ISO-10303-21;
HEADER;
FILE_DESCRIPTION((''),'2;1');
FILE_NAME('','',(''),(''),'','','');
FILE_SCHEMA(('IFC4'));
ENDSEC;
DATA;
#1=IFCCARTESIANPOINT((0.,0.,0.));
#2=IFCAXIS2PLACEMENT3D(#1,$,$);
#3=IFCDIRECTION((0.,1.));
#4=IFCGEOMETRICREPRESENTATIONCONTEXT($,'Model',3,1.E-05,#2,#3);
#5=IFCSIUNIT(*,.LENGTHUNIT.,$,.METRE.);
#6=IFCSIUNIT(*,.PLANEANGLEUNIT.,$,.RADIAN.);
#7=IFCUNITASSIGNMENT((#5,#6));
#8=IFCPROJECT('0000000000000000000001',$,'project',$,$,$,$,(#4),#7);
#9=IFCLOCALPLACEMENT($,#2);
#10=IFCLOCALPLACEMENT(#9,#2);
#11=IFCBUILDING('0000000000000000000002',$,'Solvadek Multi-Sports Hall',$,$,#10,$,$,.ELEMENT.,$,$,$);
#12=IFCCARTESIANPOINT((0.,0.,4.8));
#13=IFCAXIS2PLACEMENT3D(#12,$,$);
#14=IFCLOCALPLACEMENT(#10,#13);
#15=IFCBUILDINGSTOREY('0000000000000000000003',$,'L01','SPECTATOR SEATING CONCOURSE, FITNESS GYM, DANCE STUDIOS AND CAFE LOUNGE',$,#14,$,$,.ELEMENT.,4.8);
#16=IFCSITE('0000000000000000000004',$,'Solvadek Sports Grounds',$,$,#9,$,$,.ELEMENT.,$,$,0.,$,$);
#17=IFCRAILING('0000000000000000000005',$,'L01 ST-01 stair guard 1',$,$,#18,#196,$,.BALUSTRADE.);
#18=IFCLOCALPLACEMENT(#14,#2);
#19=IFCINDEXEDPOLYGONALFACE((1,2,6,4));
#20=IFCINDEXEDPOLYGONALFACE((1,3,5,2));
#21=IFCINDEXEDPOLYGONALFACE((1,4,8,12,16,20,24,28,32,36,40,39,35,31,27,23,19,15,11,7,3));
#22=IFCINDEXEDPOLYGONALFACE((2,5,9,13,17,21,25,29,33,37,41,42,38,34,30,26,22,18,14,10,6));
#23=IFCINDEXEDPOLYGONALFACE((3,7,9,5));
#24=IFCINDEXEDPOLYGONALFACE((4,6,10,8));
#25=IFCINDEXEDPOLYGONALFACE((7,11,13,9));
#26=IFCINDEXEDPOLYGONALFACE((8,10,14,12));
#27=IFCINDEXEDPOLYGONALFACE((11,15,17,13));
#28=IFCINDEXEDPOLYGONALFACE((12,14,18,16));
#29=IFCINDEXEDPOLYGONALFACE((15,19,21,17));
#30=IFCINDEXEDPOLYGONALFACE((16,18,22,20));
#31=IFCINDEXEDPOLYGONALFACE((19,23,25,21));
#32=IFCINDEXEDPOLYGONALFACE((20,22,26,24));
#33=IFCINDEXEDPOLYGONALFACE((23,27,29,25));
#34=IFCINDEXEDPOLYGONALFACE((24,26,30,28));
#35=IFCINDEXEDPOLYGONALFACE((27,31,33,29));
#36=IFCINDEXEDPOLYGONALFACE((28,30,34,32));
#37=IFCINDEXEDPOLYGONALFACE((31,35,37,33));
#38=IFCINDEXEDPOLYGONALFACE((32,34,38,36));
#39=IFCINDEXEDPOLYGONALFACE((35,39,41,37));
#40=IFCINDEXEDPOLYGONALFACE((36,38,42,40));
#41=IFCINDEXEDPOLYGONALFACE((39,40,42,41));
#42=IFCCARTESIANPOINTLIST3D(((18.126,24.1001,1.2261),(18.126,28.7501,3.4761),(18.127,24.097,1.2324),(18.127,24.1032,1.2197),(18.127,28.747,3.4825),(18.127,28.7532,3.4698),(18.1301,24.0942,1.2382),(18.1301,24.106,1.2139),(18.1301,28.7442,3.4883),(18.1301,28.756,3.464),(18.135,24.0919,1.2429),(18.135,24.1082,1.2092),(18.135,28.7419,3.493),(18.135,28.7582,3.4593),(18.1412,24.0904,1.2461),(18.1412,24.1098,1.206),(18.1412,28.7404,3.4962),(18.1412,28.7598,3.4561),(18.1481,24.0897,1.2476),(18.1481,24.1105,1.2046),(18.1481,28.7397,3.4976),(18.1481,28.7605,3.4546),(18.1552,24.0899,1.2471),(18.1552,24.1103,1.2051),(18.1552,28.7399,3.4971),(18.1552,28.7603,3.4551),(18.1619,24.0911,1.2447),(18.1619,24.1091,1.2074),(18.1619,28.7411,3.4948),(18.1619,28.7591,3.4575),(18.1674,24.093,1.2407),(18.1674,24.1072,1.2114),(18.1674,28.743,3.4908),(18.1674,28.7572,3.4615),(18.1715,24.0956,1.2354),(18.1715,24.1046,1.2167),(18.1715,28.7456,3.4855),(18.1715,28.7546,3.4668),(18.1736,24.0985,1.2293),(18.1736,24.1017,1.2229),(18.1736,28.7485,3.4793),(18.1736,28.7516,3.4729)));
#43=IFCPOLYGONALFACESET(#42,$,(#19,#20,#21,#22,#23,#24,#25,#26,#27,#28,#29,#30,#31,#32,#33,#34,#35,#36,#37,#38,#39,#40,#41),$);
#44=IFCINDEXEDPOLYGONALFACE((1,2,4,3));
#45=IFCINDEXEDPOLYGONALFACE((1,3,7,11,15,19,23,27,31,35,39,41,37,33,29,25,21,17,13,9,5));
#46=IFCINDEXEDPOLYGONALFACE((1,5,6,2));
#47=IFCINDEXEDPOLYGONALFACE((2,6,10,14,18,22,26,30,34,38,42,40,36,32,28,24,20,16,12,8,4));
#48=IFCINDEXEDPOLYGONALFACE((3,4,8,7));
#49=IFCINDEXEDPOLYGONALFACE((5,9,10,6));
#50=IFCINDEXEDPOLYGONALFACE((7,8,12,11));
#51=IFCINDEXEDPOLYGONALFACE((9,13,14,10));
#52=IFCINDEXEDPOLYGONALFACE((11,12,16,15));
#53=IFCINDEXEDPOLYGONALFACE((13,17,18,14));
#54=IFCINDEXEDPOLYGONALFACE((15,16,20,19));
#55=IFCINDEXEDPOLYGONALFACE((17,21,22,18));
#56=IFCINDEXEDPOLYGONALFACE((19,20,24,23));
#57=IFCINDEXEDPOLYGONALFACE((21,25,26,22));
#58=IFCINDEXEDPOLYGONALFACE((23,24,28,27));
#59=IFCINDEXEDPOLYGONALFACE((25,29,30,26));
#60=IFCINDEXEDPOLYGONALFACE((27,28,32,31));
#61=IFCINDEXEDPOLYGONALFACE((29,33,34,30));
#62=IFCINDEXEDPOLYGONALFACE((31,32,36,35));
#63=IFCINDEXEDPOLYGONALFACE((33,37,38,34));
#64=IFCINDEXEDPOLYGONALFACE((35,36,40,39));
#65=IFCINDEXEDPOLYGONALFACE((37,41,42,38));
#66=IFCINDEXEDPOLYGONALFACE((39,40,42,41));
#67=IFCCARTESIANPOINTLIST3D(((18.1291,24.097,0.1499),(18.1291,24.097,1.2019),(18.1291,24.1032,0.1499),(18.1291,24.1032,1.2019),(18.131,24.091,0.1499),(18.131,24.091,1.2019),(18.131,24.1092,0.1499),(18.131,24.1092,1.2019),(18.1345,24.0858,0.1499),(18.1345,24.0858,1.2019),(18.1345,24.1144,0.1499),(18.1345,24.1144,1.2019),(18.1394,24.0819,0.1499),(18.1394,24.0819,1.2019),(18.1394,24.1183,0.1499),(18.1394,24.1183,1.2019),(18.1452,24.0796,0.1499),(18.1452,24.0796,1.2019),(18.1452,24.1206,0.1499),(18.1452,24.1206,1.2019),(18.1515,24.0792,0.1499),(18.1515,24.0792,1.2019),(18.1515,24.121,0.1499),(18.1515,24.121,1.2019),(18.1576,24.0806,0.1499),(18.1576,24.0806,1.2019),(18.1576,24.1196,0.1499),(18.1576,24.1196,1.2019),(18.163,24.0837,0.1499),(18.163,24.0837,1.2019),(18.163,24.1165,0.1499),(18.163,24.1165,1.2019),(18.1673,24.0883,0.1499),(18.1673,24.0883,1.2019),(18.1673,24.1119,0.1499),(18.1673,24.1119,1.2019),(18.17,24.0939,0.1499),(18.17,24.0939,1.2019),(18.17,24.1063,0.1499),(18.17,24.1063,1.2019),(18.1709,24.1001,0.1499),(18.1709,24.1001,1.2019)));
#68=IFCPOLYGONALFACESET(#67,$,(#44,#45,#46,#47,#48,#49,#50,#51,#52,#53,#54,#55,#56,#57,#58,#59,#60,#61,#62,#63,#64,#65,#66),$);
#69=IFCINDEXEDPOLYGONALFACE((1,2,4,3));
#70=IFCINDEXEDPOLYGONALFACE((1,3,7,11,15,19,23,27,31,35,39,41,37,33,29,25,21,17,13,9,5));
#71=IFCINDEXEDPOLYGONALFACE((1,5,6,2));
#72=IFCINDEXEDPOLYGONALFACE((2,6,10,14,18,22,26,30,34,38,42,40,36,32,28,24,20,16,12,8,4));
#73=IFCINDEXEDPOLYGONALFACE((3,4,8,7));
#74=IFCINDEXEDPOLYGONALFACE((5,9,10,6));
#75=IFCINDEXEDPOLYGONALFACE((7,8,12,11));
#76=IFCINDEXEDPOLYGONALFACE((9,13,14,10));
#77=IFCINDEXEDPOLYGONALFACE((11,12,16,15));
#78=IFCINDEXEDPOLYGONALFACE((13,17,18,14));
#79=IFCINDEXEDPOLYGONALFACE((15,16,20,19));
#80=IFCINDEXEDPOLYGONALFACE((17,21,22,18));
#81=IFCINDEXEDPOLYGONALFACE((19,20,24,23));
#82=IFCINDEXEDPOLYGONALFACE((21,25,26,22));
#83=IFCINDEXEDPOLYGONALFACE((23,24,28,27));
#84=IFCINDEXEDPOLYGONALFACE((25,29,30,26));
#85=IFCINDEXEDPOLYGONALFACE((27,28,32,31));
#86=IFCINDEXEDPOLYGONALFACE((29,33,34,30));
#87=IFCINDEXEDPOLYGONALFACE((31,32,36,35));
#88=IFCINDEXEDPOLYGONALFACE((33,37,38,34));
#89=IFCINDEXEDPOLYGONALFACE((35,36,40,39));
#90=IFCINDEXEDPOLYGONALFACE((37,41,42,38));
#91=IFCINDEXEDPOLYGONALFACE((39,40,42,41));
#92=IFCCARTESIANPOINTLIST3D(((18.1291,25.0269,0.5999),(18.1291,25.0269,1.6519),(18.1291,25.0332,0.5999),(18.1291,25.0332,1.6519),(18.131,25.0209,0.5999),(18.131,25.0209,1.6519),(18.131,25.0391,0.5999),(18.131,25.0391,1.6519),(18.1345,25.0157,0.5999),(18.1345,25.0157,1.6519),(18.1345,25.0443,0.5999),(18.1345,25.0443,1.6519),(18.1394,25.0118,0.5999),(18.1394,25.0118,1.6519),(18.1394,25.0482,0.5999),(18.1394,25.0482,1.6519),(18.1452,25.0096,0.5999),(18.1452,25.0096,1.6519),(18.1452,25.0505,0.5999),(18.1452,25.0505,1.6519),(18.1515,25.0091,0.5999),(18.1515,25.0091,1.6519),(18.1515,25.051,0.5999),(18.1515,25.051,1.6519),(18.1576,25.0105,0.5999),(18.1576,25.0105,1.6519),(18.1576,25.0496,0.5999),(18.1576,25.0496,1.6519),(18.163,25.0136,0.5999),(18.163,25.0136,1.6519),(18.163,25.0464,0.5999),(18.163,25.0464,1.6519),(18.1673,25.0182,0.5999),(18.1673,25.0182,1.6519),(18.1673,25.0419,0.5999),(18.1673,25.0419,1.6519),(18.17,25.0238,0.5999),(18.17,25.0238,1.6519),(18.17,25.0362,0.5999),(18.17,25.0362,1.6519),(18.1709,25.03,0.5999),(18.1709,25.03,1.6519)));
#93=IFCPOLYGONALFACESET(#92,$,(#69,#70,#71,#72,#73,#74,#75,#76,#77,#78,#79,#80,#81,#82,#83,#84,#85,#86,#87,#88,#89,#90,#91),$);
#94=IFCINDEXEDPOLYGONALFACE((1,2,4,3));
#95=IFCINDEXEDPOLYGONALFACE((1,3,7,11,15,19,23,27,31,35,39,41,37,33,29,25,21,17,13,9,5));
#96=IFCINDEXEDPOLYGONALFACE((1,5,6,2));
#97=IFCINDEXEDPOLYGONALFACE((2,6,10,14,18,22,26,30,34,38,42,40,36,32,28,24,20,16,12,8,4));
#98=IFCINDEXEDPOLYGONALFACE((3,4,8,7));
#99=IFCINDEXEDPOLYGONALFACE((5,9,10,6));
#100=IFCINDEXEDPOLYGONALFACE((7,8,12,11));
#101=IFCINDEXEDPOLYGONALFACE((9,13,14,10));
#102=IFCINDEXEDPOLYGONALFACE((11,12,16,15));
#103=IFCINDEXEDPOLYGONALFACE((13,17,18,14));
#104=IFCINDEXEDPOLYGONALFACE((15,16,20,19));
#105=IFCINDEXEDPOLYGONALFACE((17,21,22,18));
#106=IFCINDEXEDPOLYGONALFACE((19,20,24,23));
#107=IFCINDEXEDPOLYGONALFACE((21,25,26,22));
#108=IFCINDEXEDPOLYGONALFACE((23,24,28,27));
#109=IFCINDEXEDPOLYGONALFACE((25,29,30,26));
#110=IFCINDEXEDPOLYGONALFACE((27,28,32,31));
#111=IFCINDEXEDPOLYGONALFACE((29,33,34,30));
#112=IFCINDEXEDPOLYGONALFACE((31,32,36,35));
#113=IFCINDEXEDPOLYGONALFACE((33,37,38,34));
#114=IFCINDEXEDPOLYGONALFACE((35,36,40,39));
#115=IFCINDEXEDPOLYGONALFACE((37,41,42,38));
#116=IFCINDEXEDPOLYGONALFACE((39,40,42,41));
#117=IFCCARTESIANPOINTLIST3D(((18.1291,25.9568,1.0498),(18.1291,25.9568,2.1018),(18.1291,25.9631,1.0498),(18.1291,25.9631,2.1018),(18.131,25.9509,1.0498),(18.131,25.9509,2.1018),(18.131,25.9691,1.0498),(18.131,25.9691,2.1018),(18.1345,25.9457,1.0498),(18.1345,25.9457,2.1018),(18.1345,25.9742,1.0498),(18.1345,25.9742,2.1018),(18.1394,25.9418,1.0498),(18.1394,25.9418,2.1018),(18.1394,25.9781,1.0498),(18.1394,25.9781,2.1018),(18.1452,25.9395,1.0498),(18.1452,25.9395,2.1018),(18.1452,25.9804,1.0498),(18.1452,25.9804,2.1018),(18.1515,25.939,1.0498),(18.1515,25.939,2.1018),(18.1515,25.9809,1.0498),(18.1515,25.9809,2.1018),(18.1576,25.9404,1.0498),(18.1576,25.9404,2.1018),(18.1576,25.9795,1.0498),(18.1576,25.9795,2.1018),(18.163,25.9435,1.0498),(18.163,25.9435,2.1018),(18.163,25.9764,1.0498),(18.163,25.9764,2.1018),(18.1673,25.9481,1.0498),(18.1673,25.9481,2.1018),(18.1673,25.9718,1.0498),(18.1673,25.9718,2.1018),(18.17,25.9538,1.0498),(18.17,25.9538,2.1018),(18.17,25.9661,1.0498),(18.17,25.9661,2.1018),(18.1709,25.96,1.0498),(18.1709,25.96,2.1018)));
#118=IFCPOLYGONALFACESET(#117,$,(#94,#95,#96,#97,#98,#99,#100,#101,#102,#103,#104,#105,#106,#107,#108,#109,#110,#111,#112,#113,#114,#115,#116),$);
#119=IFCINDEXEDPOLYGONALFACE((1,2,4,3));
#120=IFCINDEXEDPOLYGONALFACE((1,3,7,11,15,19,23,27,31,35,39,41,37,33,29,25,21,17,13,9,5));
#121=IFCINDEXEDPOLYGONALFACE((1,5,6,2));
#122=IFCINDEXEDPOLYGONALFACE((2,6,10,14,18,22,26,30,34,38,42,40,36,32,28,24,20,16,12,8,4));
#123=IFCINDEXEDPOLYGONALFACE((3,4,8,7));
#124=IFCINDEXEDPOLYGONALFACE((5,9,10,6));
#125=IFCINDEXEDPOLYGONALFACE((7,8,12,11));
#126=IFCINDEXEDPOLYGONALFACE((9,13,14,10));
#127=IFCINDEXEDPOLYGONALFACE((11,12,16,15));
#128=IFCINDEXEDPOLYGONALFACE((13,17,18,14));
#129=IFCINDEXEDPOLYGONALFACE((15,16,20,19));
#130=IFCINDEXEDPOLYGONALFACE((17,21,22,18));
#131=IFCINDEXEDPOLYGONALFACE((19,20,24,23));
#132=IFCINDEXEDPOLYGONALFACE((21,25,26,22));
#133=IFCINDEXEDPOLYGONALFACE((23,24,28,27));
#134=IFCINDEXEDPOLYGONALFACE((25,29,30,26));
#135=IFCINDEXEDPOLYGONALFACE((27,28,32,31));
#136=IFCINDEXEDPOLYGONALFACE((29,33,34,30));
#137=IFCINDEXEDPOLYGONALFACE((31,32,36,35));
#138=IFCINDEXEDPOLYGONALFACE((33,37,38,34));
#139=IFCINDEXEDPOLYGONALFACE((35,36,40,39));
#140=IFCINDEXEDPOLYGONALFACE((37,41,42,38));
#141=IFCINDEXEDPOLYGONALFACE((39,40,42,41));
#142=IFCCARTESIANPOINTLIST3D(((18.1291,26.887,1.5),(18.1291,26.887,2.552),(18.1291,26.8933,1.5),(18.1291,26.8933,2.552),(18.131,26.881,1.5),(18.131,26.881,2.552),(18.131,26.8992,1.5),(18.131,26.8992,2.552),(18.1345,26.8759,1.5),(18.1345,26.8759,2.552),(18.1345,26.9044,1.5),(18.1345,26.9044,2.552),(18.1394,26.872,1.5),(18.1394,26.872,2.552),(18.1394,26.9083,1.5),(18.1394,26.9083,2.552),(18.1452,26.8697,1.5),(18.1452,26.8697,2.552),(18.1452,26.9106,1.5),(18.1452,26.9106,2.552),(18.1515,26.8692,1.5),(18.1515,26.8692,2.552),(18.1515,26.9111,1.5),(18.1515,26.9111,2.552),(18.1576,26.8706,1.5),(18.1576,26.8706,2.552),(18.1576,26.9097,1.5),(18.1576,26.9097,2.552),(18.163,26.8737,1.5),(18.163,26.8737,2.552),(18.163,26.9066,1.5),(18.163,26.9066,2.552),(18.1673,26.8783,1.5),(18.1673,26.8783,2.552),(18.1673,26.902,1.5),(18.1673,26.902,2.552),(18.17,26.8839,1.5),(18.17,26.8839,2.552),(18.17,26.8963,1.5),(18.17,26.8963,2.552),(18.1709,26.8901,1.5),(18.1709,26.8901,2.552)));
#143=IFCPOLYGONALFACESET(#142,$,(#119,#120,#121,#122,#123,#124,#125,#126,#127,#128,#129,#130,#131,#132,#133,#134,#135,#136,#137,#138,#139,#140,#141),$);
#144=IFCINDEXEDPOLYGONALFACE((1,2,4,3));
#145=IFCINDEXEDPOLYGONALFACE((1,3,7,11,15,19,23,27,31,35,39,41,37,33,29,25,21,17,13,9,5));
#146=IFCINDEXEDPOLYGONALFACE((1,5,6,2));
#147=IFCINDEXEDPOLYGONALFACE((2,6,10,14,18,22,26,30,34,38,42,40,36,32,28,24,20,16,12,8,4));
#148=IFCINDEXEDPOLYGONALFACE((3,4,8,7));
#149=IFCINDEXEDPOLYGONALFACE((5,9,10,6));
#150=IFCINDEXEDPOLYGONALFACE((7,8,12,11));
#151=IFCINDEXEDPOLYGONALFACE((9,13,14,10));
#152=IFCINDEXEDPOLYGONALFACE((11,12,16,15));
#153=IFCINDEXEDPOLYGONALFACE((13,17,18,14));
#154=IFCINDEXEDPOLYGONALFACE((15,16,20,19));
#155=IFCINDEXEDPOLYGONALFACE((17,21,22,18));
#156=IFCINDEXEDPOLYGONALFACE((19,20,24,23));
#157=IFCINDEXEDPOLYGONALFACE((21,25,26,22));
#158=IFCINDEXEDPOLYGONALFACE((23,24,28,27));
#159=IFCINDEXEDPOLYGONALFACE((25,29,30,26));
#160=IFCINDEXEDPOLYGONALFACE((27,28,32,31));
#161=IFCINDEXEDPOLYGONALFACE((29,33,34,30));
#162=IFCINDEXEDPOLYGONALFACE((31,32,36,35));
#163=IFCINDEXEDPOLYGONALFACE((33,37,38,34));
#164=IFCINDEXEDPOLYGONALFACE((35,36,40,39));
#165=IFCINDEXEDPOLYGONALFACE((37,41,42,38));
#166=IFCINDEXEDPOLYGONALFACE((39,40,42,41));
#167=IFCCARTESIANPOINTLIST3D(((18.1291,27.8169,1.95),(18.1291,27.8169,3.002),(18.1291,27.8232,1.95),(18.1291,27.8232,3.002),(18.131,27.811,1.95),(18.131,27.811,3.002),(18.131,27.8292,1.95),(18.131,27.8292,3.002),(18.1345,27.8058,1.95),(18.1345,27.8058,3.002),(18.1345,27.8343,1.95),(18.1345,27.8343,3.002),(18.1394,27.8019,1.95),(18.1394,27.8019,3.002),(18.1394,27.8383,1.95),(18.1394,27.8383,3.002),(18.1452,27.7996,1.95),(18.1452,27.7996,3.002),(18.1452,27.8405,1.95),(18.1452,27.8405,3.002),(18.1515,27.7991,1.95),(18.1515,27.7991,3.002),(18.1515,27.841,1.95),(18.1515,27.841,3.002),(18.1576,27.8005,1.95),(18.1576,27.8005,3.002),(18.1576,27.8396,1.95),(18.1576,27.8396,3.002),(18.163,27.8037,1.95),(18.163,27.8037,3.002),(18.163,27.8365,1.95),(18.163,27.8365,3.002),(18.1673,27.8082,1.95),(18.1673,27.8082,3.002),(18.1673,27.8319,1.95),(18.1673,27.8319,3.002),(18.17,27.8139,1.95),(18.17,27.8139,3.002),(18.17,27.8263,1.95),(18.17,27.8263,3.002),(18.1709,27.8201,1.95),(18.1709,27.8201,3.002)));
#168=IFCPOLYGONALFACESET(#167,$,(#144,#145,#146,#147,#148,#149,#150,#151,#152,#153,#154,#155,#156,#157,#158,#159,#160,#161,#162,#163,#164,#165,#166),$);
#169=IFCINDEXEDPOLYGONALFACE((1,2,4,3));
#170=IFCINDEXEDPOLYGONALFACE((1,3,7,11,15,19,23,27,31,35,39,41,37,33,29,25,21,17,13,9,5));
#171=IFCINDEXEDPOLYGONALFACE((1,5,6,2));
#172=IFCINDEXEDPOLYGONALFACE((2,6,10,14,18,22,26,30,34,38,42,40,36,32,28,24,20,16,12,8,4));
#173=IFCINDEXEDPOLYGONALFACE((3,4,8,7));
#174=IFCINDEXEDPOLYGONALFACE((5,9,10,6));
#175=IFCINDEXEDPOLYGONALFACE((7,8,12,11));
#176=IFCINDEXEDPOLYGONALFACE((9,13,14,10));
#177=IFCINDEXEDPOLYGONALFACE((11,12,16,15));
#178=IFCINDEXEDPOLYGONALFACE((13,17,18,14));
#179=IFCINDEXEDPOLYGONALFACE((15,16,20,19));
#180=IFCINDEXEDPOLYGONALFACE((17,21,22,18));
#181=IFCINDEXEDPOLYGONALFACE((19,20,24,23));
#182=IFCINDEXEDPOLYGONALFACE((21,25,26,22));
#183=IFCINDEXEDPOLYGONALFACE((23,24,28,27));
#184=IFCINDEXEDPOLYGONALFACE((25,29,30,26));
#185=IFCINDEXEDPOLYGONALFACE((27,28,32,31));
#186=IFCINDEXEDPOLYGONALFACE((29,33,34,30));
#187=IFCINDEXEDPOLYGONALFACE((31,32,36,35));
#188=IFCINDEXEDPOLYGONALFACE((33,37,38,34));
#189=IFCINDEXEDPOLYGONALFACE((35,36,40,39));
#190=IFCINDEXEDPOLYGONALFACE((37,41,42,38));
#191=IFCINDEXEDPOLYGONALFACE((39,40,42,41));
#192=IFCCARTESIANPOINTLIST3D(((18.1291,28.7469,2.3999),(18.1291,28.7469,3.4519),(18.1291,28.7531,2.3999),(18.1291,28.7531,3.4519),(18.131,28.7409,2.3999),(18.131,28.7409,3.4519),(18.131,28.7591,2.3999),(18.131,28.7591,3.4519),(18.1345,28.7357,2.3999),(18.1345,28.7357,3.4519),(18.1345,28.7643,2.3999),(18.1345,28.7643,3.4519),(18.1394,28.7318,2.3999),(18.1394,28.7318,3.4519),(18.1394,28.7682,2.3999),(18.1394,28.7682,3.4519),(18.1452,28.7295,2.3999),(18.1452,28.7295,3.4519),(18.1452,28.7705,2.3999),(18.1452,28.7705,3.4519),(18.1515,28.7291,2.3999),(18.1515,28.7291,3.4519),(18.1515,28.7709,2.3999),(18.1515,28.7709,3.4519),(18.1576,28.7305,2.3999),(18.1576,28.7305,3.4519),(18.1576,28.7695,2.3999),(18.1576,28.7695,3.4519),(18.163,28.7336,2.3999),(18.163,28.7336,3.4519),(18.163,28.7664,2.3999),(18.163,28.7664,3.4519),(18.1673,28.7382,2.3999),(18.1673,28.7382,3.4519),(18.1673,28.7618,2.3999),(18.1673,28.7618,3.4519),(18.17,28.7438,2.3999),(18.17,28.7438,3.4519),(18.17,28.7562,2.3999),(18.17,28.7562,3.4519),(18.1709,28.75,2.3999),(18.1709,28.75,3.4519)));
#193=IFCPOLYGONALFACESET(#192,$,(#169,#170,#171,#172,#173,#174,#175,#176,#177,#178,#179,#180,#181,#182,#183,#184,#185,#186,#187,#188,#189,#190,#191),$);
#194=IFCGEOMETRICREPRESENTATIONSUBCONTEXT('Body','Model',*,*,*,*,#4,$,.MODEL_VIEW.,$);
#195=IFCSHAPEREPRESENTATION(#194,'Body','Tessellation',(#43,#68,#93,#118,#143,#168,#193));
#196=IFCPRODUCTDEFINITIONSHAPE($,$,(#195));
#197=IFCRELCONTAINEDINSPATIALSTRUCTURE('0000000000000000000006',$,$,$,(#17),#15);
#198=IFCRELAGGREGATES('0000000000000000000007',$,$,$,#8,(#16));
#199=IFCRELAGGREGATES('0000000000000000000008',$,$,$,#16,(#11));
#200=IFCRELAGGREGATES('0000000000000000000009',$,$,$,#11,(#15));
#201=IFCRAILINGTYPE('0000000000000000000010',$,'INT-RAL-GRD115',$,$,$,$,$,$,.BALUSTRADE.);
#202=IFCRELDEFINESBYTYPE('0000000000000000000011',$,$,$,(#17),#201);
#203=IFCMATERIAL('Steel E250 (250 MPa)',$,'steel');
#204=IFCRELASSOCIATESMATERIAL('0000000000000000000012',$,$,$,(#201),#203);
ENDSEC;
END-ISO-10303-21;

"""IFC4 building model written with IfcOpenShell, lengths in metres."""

from ifc_helpers import new_model, si_unit, direction, frame, origin, origin_2d, place, context, subcontext, project, spatial, circle, extrude, material, type_object, element, save


model = new_model("IFC4")

# Units and contexts
model_context = context("Model", 3, precision=1e-05, world=origin(), true_north=direction((0.0, 1.0)))
body_context = subcontext(model_context, "Body", "Model", "MODEL_VIEW")
ifc_project = project(units=[si_unit("LENGTHUNIT", "METRE"), si_unit("PLANEANGLEUNIT", "RADIAN")], contexts=[model_context])

# Site, building, storey
site_placement = place(None, origin())
site = spatial("IfcSite", under=ifc_project, at=site_placement, Name="Solvadek Sports Grounds", CompositionType="ELEMENT", RefElevation=0.0)
building_placement = place(site_placement, origin())
building = spatial("IfcBuilding", under=site, at=building_placement, Name="Solvadek Multi-Sports Hall", CompositionType="ELEMENT")
storey_placement = place(building_placement, frame((0.0, 0.0, 4.8)))
storey = spatial("IfcBuildingStorey", under=building, at=storey_placement, Name="L01", Description="SPECTATOR SEATING CONCOURSE, FITNESS GYM, DANCE STUDIOS AND CAFE LOUNGE", CompositionType="ELEMENT", Elevation=4.8)

# Shared definitions
ifc_material_1 = material(Name="Steel E250 (250 MPa)", Category="steel")

# Railing
railing_type_1 = type_object("IfcRailingType", Name="INT-RAL-GRD115", PredefinedType="BALUSTRADE", material=ifc_material_1)
railing_1_placement = place(storey_placement, frame((18.1499, 24.1001, 0.1499)))
element("IfcRailing", 1, at=railing_1_placement, inside=storey, type_object=railing_type_1, Name="L01 ST-01 stair guard 1", PredefinedType="BALUSTRADE", context=body_context, shape_type="SweptSolid", body=[
    extrude(circle(Radius=0.0239, at=origin_2d()), frame((0.0, 0.0, 1.0762), z_axis=(0.0, 0.900156, 0.435568), x_axis=(-1.0, 0.0, 0.0)), (0.0, 0.0, 1.0), 5.1658),
    extrude(circle(Radius=0.021, at=origin_2d()), origin(), (0.0, 0.0, 1.0), 1.052),
    extrude(circle(Radius=0.021, at=origin_2d()), frame((0.0, 0.9299, 0.45)), (0.0, 0.0, 1.0), 1.052),
    extrude(circle(Radius=0.021, at=origin_2d()), frame((0.0, 1.8599, 0.8999)), (0.0, 0.0, 1.0), 1.052),
    extrude(circle(Radius=0.021, at=origin_2d()), frame((0.0, 2.79, 1.3501)), (0.0, 0.0, 1.0), 1.052),
    extrude(circle(Radius=0.021, at=origin_2d()), frame((0.0, 3.72, 1.8)), (0.0, 0.0, 1.0), 1.052),
    extrude(circle(Radius=0.021, at=origin_2d()), frame((0.0, 4.6499, 2.25)), (0.0, 0.0, 1.0), 1.052),
])

save(model, "model.ifc")
